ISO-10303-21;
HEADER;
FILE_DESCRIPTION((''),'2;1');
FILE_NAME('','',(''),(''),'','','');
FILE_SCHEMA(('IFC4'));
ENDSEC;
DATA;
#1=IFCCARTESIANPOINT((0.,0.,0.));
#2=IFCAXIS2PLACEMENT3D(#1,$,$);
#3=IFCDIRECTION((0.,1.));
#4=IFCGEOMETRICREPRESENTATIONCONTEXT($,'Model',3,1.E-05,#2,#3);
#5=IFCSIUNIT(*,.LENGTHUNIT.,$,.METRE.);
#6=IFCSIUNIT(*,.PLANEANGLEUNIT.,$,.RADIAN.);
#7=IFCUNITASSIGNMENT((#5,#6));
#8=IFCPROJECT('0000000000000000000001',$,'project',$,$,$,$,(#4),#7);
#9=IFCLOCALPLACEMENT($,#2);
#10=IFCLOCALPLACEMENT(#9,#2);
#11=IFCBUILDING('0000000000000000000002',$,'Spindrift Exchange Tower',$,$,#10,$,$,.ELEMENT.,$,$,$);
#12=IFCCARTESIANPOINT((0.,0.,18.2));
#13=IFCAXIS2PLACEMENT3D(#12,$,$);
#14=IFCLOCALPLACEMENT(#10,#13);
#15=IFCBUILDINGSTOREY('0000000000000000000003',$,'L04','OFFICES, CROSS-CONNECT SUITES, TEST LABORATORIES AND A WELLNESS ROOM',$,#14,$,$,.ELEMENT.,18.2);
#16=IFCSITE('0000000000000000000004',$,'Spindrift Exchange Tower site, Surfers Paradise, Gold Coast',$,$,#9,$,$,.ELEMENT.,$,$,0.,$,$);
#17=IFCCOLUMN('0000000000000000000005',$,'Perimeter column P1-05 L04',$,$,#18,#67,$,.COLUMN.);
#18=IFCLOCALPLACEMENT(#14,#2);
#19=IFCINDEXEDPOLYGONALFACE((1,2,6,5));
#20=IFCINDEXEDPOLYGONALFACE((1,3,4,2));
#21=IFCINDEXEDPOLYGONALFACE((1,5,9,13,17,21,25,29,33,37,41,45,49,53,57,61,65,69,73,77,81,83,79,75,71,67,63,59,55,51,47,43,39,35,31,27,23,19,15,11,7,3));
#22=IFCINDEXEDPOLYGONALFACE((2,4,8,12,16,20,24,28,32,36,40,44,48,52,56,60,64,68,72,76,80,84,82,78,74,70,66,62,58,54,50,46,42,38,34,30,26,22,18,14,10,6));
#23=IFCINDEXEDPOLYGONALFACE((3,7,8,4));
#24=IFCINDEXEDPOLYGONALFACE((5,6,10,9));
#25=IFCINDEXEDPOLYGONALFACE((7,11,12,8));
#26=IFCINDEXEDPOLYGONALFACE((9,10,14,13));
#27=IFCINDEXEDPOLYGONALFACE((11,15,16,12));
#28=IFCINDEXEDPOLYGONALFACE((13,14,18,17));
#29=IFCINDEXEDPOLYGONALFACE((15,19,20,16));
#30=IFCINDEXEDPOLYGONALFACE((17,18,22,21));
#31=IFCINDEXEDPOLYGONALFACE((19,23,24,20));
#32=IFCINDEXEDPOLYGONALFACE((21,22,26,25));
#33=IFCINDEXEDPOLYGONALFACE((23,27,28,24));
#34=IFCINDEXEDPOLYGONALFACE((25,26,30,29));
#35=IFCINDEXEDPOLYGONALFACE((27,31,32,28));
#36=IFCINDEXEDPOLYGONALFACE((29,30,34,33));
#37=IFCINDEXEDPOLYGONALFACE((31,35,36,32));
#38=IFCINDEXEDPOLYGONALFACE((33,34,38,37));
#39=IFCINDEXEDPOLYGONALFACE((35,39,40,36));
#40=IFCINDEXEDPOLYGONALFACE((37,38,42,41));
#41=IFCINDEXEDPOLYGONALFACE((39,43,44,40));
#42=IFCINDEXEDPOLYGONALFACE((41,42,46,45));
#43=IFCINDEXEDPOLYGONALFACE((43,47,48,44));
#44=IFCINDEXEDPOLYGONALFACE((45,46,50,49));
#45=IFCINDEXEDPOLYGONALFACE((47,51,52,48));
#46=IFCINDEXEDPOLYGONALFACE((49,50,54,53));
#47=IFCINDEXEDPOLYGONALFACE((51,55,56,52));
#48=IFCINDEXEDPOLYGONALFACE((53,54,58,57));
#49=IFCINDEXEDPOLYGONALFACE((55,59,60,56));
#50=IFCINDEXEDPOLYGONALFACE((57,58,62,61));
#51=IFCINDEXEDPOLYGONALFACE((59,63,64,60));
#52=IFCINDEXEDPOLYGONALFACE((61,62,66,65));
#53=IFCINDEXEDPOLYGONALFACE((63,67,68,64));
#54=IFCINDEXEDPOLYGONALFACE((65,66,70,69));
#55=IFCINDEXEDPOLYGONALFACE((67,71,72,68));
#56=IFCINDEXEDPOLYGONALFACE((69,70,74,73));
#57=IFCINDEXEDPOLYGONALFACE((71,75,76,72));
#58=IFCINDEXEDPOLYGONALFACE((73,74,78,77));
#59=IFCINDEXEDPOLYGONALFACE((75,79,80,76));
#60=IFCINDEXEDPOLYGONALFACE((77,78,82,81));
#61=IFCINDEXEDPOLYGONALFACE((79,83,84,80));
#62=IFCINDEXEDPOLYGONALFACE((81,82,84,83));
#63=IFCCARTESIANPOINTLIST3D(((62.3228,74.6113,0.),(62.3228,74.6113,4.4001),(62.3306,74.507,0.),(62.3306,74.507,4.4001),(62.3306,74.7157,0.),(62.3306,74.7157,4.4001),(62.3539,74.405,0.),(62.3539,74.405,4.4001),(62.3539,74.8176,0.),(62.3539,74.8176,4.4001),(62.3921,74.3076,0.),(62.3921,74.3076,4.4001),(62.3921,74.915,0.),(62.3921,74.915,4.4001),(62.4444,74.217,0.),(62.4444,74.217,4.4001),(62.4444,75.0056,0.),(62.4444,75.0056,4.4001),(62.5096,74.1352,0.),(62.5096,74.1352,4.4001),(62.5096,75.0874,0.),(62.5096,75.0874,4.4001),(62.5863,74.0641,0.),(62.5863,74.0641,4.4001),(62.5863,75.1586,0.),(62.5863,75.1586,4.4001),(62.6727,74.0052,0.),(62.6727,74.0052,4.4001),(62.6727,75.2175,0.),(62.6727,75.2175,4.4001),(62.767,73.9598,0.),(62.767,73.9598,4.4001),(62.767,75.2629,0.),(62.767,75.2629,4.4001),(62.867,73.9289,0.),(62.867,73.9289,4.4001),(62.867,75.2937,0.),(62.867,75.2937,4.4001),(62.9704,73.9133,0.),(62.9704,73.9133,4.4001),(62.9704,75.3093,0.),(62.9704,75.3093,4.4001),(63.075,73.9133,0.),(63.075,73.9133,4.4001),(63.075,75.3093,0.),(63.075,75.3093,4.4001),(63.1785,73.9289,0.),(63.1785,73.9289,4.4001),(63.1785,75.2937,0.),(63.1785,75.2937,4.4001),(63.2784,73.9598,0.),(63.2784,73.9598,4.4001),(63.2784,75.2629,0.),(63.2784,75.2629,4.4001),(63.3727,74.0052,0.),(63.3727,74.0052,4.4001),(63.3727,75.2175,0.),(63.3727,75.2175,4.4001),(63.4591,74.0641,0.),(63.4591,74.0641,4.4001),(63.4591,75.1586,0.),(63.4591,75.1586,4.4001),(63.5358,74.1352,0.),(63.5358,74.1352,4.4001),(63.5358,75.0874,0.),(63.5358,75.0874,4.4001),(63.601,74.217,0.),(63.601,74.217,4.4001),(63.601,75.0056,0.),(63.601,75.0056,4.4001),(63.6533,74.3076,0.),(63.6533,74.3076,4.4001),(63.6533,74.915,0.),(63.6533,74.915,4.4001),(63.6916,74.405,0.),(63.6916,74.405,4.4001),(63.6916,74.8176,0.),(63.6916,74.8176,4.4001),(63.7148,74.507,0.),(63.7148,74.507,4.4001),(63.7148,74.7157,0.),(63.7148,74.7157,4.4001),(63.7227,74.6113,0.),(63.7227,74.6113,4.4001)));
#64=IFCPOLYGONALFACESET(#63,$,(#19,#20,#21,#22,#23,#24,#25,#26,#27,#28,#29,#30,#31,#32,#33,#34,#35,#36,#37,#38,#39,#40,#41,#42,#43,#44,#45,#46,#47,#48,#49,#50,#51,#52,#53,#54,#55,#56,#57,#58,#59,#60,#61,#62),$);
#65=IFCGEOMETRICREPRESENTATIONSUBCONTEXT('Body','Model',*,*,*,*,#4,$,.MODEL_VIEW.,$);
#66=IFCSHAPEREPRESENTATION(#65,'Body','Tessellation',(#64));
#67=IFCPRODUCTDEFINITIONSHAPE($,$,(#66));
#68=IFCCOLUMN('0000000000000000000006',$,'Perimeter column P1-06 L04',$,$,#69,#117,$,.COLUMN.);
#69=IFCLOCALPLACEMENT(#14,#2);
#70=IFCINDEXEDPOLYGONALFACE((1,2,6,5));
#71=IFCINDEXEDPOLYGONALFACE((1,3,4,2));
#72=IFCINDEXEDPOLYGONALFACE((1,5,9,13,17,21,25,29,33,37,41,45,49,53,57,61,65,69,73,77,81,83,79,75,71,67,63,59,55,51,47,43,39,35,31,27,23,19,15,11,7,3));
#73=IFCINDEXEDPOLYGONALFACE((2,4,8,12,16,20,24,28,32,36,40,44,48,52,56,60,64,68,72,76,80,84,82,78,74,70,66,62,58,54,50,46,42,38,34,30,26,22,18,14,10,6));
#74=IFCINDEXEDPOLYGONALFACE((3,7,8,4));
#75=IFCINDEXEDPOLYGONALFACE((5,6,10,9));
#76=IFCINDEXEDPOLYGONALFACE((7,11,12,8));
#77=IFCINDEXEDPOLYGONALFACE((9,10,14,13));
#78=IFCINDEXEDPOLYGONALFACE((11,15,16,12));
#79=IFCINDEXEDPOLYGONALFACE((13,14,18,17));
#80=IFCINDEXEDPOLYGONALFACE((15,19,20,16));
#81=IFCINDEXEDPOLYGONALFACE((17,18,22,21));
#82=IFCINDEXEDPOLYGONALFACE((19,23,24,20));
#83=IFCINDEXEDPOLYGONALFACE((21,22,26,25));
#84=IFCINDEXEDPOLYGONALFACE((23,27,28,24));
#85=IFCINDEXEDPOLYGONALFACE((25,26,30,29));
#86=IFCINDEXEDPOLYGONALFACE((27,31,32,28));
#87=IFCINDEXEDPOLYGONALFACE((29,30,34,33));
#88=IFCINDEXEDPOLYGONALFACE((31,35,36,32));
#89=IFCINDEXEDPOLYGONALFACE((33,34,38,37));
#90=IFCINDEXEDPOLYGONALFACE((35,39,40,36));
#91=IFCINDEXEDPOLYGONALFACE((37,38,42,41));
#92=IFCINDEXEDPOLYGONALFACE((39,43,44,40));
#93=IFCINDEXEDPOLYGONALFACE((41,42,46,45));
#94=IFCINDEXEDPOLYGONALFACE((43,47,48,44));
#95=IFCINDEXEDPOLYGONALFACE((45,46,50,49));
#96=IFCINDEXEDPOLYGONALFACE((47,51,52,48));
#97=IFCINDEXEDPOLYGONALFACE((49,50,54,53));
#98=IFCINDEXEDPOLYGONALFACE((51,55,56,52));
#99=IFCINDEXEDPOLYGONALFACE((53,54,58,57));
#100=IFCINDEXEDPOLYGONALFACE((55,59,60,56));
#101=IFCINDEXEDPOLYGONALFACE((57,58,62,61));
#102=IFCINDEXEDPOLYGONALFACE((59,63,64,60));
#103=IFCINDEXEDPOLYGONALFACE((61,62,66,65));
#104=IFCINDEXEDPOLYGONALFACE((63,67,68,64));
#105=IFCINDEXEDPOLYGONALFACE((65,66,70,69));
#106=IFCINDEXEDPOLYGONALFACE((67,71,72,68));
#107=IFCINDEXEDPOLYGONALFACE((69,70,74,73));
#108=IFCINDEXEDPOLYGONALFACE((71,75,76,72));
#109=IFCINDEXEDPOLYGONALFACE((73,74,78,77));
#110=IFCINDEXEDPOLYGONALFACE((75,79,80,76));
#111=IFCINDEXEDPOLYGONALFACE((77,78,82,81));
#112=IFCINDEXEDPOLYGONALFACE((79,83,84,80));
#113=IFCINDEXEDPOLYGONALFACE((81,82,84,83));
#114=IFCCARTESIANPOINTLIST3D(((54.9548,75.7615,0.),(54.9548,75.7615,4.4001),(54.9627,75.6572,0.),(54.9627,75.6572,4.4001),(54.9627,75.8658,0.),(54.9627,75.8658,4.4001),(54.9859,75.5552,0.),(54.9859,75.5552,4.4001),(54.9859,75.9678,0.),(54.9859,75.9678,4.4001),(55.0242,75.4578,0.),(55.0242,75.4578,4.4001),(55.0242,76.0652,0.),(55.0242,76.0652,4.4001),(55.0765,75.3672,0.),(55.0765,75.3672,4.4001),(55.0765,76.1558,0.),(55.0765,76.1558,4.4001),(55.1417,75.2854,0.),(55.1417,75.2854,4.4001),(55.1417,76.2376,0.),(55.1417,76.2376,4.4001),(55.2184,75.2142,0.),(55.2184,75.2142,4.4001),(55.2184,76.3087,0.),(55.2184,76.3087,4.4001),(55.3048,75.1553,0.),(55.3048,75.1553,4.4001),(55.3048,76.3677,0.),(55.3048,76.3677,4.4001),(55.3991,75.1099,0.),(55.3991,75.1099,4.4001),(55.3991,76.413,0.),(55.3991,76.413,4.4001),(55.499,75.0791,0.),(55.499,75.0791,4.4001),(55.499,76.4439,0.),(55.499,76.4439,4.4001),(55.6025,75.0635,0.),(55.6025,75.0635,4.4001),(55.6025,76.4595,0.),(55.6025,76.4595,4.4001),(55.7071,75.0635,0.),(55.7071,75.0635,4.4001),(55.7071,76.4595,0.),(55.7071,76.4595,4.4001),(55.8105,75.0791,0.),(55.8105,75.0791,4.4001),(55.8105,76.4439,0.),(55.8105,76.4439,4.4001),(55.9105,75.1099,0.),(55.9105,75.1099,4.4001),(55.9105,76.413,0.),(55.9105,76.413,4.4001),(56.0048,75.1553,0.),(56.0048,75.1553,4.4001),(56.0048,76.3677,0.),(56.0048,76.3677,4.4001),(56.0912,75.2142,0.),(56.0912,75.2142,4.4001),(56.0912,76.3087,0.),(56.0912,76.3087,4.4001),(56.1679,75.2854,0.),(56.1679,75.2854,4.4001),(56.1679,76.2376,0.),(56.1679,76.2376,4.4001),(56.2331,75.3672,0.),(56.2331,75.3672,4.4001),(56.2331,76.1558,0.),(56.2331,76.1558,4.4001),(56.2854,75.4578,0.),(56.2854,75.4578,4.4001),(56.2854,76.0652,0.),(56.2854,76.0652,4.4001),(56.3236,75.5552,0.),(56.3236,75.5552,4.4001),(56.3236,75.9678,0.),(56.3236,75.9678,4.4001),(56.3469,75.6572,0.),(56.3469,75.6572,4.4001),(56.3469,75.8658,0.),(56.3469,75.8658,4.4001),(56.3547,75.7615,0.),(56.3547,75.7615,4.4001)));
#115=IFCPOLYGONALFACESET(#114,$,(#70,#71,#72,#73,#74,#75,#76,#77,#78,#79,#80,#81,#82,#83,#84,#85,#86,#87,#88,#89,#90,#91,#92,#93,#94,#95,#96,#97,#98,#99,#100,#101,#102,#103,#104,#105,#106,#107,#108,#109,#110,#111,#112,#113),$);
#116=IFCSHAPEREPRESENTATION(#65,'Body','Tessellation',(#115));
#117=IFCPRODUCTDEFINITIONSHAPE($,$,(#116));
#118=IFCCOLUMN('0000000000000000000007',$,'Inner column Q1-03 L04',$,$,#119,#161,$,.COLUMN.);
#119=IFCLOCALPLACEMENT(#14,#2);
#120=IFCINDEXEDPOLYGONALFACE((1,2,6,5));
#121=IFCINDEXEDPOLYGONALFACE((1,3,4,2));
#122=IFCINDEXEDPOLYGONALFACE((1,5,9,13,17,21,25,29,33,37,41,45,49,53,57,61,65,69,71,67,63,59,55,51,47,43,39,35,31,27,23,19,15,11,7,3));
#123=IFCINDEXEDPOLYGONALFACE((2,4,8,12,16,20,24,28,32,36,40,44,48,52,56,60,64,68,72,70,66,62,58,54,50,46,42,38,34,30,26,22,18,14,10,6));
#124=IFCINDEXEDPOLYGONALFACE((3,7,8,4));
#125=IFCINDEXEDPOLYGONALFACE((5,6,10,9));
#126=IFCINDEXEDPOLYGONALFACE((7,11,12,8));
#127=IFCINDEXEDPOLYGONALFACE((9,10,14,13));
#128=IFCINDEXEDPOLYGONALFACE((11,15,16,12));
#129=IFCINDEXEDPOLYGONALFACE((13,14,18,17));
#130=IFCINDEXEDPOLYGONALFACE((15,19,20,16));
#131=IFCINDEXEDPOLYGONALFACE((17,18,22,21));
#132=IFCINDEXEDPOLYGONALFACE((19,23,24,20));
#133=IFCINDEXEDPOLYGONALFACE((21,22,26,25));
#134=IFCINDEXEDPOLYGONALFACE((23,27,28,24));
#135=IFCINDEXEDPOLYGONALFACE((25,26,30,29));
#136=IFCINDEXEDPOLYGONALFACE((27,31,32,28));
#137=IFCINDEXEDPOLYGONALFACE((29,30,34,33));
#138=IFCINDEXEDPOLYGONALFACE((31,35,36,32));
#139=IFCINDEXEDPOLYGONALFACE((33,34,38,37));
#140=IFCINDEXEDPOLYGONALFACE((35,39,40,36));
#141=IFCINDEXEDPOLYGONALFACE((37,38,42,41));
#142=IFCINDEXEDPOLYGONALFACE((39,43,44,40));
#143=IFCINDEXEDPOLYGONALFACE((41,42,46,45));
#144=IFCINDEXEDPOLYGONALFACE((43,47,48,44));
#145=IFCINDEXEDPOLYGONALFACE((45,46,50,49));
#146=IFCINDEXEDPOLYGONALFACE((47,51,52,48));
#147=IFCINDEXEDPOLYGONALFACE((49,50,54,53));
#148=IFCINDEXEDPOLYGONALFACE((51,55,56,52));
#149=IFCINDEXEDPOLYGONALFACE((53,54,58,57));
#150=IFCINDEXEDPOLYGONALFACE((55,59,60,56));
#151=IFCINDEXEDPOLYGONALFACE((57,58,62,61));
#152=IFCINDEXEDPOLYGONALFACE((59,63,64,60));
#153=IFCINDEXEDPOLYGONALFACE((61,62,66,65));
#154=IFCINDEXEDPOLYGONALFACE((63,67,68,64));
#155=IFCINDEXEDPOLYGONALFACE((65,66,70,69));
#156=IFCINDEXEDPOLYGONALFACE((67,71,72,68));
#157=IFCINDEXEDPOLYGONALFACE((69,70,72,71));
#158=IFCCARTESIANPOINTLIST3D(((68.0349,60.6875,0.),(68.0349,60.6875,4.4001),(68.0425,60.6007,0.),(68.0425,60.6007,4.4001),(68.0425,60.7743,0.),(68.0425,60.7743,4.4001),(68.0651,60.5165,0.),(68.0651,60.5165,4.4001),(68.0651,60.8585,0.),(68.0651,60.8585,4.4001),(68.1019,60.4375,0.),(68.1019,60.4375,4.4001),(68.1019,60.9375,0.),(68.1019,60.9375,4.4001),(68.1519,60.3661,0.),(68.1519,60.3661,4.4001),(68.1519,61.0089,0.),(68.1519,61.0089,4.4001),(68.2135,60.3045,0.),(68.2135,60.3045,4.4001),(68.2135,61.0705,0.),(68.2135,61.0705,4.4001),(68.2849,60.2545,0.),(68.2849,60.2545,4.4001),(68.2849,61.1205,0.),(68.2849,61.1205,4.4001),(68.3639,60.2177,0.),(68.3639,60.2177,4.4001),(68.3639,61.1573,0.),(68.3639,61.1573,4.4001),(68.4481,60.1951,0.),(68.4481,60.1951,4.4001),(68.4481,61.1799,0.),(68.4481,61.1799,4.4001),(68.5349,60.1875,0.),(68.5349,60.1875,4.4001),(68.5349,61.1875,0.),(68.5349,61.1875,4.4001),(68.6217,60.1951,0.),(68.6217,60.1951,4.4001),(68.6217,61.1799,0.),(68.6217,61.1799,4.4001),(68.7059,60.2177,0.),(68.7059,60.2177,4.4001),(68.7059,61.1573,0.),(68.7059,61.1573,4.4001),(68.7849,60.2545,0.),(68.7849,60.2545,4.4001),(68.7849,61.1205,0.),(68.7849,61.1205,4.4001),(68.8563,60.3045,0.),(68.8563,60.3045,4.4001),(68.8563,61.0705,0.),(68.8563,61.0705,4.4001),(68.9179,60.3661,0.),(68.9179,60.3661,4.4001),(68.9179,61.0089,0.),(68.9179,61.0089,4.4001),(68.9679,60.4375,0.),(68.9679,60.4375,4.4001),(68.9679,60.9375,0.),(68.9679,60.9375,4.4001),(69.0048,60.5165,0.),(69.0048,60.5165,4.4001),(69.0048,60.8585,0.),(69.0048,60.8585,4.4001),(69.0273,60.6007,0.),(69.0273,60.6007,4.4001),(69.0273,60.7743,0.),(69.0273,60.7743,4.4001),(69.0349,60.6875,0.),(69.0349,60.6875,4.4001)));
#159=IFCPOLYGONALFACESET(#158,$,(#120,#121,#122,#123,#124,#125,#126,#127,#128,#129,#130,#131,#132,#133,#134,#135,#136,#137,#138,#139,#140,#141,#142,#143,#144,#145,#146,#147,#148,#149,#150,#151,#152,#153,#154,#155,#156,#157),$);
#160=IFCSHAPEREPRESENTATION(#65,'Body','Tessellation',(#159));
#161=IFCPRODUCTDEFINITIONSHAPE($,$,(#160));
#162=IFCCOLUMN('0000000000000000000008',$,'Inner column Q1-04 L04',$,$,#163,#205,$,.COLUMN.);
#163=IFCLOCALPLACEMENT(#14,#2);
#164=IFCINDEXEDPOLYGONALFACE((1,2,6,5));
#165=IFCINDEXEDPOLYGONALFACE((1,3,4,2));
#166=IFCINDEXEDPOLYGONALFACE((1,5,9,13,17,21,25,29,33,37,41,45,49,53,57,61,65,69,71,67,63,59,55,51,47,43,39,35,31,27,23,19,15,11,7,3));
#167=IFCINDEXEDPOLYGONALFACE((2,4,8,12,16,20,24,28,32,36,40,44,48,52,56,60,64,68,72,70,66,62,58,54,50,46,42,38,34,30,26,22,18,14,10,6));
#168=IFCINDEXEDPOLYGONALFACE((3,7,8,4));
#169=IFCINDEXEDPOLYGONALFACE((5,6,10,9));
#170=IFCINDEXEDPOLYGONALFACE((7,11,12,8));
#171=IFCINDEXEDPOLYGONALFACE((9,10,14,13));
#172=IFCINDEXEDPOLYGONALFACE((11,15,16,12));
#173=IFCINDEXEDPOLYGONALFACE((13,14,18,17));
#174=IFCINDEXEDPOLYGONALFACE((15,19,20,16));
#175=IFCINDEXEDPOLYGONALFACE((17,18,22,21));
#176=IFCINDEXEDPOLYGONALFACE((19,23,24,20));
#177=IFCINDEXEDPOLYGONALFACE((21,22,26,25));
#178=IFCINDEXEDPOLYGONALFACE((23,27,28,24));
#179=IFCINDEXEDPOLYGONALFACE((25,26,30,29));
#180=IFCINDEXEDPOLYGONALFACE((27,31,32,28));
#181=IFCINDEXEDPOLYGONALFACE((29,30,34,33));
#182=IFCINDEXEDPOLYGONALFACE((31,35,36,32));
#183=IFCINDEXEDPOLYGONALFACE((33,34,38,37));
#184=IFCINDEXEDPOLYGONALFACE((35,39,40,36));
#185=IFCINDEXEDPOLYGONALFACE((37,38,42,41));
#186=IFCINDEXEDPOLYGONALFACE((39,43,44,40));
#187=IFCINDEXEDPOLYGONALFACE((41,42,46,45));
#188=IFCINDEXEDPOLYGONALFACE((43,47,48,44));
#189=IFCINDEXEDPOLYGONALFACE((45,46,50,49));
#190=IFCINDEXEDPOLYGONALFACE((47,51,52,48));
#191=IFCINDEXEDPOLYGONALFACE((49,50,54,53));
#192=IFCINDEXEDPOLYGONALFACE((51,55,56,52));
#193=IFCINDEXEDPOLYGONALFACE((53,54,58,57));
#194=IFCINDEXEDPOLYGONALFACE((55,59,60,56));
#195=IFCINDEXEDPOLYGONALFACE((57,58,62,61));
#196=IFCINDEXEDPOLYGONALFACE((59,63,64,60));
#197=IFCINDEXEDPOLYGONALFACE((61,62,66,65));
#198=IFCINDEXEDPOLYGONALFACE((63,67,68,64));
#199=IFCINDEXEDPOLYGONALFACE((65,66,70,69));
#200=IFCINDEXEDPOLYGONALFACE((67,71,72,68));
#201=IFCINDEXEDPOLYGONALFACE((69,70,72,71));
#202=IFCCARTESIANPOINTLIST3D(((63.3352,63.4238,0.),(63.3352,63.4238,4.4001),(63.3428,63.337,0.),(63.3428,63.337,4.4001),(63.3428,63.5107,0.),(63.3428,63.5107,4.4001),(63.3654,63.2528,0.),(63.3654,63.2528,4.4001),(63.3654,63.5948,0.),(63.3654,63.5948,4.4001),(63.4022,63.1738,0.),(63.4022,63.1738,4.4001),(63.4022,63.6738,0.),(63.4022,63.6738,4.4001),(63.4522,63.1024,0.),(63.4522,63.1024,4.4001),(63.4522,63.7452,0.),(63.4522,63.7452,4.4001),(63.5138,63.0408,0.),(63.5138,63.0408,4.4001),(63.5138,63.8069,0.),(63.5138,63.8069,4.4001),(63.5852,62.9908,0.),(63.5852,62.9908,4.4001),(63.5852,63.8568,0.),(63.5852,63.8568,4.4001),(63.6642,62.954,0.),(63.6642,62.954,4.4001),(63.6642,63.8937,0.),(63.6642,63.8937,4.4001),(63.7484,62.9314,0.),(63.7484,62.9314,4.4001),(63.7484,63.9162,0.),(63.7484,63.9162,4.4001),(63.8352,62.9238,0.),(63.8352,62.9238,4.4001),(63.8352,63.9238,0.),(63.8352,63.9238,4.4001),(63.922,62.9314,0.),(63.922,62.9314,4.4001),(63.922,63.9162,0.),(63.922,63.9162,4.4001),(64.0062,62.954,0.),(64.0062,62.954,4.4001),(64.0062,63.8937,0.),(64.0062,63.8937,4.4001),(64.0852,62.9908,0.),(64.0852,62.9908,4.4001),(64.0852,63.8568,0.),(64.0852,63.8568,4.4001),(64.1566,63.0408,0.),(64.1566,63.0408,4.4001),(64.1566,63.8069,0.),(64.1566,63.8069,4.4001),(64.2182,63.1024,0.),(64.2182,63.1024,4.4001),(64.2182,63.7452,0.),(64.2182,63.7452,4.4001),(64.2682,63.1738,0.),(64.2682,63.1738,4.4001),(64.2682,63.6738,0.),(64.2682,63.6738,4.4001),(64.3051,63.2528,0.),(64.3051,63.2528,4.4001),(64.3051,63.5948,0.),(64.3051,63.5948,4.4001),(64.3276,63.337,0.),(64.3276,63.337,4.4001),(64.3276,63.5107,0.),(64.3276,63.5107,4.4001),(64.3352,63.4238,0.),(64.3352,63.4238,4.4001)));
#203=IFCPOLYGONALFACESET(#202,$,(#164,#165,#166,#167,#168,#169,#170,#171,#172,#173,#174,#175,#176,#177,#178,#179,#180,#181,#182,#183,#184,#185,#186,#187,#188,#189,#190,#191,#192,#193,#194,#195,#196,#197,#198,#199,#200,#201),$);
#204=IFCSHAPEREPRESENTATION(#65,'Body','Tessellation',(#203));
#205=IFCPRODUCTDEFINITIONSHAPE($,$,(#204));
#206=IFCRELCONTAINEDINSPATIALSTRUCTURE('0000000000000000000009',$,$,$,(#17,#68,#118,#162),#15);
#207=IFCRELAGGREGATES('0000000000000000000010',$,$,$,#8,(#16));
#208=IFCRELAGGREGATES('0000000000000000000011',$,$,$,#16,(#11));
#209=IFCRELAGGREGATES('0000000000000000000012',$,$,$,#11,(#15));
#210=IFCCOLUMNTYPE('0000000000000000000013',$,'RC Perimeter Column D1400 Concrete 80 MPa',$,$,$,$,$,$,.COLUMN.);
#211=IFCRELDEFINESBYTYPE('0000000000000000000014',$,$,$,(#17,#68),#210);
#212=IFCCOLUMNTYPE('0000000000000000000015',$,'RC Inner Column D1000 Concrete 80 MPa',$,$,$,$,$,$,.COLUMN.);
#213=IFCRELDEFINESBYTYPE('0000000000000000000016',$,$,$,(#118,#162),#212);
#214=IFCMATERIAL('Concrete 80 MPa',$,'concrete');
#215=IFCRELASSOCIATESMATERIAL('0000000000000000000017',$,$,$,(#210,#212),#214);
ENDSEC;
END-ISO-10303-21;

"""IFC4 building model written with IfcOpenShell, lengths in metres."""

from ifc_helpers import new_model, si_unit, direction, frame, origin, origin_2d, place, context, subcontext, project, spatial, circle, extrude, source, transform, mapped, material, material_profile, profile_set, type_object, element, save


model = new_model("IFC4")

# Units and contexts
model_context = context("Model", 3, precision=1e-05, world=origin(), true_north=direction((0.0, 1.0)))
body_context = subcontext(model_context, "Body", "Model", "MODEL_VIEW")
ifc_project = project(units=[si_unit("LENGTHUNIT", "METRE"), si_unit("PLANEANGLEUNIT", "RADIAN")], contexts=[model_context])

# Site, building, storey
site_placement = place(None, origin())
site = spatial("IfcSite", under=ifc_project, at=site_placement, Name="Spindrift Exchange Tower site, Surfers Paradise, Gold Coast", CompositionType="ELEMENT", RefElevation=0.0)
building_placement = place(site_placement, origin())
building = spatial("IfcBuilding", under=site, at=building_placement, Name="Spindrift Exchange Tower", CompositionType="ELEMENT")
storey_placement = place(building_placement, frame((0.0, 0.0, 18.2)))
storey = spatial("IfcBuildingStorey", under=building, at=storey_placement, Name="L04", Description="OFFICES, CROSS-CONNECT SUITES, TEST LABORATORIES AND A WELLNESS ROOM", CompositionType="ELEMENT", Elevation=18.2)

# Columns
ifc_material_1 = material(Name="Concrete 80 MPa", Category="concrete")
ifc_material_profile_1 = material_profile(ifc_material_1, circle(Radius=0.7, at=origin_2d()), Name="RC D1400")
ifc_profile_set_1 = profile_set([ifc_material_profile_1], Name="Concrete 80 MPa")
column_type_1 = type_object("IfcColumnType", Name="RC Perimeter Column D1400 Concrete 80 MPa", PredefinedType="COLUMN", material=ifc_profile_set_1)
shared_shape_1 = source(origin(), body_context, "Body", "SweptSolid", [
    extrude(circle(Radius=0.7, at=origin_2d()), origin(), (0.0, 0.0, 1.0), 4.4001),
])
for number, where, z_axis, x_axis, name in (
    (1, (63.0227, 74.6113, 0.0), (0.0, 0.0, 1.0), (1.0, 0.0, 0.0), "Perimeter column P1-05 L04"),
    (2, (55.6548, 75.7615, 0.0), (0.0, 0.0, 1.0), (1.0, 0.0, 0.0), "Perimeter column P1-06 L04"),
):
    element("IfcColumn", number, at=place(storey_placement, frame(where, z_axis=z_axis, x_axis=x_axis)), inside=storey, type_object=column_type_1, Name=name, PredefinedType="COLUMN", context=body_context, shape_type="MappedRepresentation", body=[
        mapped(shared_shape_1, transform((0.0, 0.0, 0.0), scale=1.0)),
    ])
ifc_material_profile_2 = material_profile(ifc_material_1, circle(Radius=0.5, at=origin_2d()), Name="RC D1000")
ifc_profile_set_2 = profile_set([ifc_material_profile_2], Name="Concrete 80 MPa")
column_type_2 = type_object("IfcColumnType", Name="RC Inner Column D1000 Concrete 80 MPa", PredefinedType="COLUMN", material=ifc_profile_set_2)
shared_shape_2 = source(origin(), body_context, "Body", "SweptSolid", [
    extrude(circle(Radius=0.5, at=origin_2d()), origin(), (0.0, 0.0, 1.0), 4.4001),
])
for number, where, z_axis, x_axis, name in (
    (3, (68.5349, 60.6875, 0.0), (0.0, 0.0, 1.0), (1.0, 0.0, 0.0), "Inner column Q1-03 L04"),
    (4, (63.8352, 63.4238, 0.0), (0.0, 0.0, 1.0), (1.0, 0.0, 0.0), "Inner column Q1-04 L04"),
):
    element("IfcColumn", number, at=place(storey_placement, frame(where, z_axis=z_axis, x_axis=x_axis)), inside=storey, type_object=column_type_2, Name=name, PredefinedType="COLUMN", context=body_context, shape_type="MappedRepresentation", body=[
        mapped(shared_shape_2, transform((0.0, 0.0, 0.0), scale=1.0)),
    ])

save(model, "model.ifc")
